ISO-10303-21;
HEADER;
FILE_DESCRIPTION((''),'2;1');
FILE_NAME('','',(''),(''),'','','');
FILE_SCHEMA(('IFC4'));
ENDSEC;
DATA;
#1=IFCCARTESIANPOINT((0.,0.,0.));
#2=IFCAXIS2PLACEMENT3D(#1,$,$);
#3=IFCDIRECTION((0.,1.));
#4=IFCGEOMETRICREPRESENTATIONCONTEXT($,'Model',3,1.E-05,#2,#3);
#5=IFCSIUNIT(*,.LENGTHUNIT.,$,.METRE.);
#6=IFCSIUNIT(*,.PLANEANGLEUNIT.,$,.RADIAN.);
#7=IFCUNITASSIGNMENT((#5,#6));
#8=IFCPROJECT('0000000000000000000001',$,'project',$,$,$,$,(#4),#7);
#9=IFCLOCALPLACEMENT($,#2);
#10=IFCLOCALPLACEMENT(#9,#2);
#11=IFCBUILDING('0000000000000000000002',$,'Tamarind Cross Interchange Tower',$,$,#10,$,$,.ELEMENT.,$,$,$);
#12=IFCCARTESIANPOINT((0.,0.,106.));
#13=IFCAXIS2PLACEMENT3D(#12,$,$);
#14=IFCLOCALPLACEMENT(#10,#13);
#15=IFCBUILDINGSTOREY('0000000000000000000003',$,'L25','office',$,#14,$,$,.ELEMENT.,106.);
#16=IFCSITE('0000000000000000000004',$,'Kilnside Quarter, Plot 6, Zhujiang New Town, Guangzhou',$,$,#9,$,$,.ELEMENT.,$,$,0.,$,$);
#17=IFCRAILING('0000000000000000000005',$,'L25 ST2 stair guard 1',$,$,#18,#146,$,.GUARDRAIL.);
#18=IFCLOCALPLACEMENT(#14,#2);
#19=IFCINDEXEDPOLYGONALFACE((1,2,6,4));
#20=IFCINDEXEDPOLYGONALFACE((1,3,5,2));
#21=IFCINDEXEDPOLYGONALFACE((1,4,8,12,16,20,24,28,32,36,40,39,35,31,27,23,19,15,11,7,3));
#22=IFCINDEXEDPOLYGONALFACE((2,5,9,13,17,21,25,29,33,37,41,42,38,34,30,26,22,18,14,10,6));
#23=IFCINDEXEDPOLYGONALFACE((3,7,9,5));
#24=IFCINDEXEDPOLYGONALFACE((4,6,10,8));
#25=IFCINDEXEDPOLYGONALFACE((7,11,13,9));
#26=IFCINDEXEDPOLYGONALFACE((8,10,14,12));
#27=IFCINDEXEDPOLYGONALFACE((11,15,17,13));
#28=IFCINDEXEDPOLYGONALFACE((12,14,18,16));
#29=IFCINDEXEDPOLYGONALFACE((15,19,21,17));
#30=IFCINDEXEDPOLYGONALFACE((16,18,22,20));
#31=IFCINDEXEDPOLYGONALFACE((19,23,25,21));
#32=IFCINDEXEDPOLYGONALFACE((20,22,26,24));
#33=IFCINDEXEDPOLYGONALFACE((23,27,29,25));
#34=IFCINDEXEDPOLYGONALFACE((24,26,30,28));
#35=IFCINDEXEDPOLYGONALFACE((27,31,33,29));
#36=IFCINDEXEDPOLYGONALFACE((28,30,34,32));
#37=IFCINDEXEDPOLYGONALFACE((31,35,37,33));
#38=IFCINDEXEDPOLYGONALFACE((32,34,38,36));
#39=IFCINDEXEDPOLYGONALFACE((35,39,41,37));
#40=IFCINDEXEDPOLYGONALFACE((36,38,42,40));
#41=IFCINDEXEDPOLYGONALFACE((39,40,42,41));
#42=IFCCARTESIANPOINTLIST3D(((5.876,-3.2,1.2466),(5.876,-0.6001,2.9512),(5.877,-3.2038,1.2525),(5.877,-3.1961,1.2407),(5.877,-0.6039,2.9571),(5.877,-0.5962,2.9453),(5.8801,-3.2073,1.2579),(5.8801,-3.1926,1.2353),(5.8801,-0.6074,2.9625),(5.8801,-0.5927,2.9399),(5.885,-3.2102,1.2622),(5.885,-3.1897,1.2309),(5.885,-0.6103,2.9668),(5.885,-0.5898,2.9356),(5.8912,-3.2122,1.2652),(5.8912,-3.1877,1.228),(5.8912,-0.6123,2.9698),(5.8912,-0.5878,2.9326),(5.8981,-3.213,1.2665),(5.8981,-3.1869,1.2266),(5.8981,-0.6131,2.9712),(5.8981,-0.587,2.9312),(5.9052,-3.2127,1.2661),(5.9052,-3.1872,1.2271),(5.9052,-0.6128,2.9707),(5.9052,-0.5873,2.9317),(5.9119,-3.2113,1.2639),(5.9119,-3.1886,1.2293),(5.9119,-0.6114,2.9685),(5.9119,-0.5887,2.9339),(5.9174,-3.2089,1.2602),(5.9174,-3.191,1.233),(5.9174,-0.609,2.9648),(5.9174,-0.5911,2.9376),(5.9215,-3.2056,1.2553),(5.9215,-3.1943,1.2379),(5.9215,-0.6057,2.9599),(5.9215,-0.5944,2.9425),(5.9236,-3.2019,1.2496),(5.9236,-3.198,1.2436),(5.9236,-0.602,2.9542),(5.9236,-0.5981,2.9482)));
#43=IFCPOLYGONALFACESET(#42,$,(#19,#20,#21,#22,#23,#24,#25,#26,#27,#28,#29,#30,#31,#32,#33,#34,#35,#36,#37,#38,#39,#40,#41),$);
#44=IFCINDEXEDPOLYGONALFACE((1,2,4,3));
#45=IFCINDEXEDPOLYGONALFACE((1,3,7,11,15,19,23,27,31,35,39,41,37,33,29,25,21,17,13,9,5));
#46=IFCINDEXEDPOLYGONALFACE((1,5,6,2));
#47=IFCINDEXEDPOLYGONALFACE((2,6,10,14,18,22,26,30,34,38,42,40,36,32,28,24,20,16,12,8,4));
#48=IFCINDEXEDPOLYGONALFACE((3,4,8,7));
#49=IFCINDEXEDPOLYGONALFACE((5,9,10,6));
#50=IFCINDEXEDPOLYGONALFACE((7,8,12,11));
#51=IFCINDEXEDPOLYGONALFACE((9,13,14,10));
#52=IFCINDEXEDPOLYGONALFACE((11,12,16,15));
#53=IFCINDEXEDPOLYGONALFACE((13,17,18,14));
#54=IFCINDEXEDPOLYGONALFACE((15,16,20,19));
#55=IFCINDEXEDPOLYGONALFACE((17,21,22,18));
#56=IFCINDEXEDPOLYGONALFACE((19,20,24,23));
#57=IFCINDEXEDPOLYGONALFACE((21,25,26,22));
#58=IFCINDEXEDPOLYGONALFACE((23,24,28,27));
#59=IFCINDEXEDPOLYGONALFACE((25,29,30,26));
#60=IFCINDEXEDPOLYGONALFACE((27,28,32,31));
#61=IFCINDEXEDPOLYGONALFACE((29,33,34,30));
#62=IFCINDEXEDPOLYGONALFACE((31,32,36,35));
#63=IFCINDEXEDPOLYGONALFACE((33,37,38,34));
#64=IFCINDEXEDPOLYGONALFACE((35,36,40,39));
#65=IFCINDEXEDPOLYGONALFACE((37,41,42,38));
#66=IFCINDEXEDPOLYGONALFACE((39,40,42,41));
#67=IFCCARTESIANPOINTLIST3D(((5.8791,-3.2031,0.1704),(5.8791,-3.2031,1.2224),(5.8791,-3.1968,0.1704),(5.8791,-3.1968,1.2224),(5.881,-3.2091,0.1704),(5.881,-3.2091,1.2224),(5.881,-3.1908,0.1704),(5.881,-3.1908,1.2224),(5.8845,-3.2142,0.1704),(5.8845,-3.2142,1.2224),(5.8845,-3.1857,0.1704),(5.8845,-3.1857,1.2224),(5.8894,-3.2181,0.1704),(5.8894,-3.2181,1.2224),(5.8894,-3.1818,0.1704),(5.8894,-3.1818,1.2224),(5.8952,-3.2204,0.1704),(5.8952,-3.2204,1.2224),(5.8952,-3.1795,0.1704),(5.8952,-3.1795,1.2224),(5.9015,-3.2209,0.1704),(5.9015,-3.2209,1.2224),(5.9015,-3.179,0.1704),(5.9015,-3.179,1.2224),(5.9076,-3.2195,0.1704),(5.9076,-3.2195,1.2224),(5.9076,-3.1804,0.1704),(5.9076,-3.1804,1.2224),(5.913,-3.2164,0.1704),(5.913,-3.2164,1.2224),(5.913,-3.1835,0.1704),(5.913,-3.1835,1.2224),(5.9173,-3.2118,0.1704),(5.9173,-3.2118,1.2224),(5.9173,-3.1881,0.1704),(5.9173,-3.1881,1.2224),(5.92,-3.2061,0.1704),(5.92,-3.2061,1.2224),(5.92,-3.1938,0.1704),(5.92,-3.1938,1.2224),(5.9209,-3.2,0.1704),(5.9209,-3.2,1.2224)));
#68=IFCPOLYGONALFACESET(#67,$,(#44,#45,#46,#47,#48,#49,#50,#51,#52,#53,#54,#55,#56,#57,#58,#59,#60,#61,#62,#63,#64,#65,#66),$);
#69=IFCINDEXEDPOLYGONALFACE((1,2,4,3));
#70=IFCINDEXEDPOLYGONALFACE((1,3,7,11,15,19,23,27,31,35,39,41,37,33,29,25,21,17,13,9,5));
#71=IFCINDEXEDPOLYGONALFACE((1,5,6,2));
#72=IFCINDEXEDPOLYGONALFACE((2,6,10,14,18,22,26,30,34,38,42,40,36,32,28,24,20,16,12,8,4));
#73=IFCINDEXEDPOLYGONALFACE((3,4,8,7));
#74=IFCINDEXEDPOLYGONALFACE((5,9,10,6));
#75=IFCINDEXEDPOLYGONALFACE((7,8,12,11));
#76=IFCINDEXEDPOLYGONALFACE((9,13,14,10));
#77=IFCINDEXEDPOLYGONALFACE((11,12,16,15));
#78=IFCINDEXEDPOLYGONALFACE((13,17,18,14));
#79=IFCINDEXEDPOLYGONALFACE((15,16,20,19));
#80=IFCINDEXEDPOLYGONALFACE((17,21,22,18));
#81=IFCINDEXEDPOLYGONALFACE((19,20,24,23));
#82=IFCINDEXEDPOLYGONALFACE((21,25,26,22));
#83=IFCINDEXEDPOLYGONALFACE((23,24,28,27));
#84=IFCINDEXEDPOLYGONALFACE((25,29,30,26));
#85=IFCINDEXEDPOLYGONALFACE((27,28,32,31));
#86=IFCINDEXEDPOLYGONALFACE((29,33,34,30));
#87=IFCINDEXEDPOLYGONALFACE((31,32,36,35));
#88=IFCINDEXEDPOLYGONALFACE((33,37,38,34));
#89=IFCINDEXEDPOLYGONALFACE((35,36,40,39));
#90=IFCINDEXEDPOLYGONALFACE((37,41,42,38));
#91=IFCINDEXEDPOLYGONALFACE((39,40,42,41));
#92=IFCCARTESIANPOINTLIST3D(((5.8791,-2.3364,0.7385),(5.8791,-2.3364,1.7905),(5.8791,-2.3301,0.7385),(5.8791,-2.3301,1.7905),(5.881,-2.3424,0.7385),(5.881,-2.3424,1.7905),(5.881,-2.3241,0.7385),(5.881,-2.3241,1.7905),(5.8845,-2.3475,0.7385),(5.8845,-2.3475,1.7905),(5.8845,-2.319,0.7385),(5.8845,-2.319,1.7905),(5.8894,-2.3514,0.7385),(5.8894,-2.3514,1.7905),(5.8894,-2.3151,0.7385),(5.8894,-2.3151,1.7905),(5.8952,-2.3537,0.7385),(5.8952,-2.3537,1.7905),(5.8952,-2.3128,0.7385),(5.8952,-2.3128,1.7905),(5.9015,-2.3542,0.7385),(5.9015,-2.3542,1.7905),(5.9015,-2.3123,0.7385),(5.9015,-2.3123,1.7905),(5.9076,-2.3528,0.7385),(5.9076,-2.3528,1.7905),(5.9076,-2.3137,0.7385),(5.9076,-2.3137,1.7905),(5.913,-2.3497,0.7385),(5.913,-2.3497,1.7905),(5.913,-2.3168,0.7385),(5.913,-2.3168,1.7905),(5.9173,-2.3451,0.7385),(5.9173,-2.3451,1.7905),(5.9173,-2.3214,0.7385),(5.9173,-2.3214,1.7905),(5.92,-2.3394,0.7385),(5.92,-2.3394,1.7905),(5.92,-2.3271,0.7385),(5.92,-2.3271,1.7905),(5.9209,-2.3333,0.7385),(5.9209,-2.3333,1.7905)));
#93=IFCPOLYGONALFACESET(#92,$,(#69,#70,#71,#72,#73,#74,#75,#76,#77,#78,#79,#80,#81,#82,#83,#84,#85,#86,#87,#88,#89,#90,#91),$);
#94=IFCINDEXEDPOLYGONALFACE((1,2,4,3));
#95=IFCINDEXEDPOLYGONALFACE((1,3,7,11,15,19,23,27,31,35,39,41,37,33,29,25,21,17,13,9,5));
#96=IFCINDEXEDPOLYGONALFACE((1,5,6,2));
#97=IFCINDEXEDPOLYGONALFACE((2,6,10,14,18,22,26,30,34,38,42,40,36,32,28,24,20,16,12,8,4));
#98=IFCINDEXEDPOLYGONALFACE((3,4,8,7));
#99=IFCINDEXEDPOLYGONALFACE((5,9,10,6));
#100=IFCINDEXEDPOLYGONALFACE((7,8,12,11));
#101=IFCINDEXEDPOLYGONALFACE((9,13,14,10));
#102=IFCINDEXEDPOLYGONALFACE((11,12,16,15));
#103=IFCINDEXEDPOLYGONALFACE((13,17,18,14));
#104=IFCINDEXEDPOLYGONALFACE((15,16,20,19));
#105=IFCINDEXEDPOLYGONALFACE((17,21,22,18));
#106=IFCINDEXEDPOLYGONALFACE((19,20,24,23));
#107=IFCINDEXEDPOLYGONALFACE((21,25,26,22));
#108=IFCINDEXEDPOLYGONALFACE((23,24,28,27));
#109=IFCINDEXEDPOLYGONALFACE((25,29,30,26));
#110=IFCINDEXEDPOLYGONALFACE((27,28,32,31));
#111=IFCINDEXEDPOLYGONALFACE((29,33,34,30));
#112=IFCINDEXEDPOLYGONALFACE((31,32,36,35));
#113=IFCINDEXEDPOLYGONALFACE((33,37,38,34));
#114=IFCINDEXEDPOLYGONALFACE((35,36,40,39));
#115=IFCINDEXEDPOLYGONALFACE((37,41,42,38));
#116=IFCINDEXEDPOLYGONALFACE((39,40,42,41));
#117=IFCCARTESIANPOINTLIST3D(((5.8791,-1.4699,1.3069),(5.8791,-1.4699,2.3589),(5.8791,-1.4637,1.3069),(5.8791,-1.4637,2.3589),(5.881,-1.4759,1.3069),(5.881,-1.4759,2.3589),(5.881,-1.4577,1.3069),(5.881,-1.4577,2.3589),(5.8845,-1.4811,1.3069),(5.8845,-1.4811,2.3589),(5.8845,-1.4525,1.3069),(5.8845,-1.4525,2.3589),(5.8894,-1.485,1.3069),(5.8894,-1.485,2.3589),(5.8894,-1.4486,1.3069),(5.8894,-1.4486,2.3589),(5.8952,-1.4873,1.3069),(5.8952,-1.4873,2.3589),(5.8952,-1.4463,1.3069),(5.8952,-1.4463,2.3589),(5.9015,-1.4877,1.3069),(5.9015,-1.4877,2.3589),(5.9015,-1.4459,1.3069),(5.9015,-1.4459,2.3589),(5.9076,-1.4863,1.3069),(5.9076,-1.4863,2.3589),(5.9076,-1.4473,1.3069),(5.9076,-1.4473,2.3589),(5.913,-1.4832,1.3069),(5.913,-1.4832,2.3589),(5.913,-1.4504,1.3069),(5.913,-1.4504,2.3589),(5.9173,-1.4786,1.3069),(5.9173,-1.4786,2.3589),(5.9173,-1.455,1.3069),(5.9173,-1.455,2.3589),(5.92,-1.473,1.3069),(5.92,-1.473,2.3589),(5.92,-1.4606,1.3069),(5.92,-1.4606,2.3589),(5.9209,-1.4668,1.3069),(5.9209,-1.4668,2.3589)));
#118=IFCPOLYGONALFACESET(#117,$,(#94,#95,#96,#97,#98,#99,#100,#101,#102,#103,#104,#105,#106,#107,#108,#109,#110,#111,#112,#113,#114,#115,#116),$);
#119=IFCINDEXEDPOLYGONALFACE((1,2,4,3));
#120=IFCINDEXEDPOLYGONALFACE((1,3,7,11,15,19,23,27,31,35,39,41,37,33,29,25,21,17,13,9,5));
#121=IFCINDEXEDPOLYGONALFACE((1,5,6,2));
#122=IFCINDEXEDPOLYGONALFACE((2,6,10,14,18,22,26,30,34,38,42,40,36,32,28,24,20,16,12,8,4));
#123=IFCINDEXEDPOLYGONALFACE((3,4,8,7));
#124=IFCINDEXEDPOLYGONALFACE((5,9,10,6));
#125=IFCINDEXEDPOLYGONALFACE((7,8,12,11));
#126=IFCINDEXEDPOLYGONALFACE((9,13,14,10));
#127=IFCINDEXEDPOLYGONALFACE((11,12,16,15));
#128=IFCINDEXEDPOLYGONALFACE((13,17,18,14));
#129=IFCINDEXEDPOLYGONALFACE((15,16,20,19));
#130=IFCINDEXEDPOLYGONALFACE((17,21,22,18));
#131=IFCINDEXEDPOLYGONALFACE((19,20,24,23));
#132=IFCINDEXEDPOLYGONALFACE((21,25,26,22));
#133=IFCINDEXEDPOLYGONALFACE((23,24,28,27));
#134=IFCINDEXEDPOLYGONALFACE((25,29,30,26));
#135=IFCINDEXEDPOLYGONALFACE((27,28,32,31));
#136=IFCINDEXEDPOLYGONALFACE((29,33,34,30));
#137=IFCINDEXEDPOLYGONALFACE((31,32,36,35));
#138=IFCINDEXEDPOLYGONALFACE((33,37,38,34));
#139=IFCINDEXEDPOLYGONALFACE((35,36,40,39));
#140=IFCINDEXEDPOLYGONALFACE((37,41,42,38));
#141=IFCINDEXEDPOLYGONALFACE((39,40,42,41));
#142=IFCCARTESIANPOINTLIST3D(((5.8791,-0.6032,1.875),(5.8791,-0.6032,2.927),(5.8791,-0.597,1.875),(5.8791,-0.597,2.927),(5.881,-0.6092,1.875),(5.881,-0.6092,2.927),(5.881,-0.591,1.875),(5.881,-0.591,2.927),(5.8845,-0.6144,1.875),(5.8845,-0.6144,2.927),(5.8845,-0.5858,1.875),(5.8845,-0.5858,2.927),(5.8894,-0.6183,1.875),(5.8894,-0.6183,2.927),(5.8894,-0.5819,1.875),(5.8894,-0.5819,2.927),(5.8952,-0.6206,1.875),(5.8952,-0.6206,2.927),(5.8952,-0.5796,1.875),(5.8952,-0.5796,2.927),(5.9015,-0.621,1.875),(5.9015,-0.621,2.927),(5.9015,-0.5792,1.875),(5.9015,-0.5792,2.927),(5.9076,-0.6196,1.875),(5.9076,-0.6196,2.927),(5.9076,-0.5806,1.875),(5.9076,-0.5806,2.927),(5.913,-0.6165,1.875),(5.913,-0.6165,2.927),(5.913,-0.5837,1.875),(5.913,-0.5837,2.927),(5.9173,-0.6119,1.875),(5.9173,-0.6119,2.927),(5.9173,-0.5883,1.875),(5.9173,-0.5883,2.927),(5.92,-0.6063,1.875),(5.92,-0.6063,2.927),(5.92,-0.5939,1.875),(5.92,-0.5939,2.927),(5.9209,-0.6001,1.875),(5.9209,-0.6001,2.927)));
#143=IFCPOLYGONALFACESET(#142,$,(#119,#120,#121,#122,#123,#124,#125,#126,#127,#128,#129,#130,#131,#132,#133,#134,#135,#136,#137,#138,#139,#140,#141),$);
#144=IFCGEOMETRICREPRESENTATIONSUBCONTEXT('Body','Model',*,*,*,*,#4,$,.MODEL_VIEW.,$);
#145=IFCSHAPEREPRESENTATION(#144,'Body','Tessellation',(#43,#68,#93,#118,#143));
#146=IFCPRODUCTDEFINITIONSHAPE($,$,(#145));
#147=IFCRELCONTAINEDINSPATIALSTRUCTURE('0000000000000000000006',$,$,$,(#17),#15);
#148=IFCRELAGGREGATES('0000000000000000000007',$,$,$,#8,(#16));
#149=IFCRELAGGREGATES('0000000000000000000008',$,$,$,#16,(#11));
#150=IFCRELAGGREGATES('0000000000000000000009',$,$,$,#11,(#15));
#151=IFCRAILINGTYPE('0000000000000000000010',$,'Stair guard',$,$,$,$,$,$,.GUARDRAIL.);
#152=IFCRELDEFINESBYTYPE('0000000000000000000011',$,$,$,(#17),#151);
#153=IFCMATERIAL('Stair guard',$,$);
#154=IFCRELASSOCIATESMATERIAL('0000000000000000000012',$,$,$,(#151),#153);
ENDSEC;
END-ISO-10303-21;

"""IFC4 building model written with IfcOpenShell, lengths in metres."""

from ifc_helpers import new_model, si_unit, direction, frame, origin, origin_2d, place, context, subcontext, project, spatial, circle, extrude, material, type_object, element, save


model = new_model("IFC4")

# Units and contexts
model_context = context("Model", 3, precision=1e-05, world=origin(), true_north=direction((0.0, 1.0)))
body_context = subcontext(model_context, "Body", "Model", "MODEL_VIEW")
ifc_project = project(units=[si_unit("LENGTHUNIT", "METRE"), si_unit("PLANEANGLEUNIT", "RADIAN")], contexts=[model_context])

# Site, building, storey
site_placement = place(None, origin())
site = spatial("IfcSite", under=ifc_project, at=site_placement, Name="Kilnside Quarter, Plot 6, Zhujiang New Town, Guangzhou", CompositionType="ELEMENT", RefElevation=0.0)
building_placement = place(site_placement, origin())
building = spatial("IfcBuilding", under=site, at=building_placement, Name="Tamarind Cross Interchange Tower", CompositionType="ELEMENT")
storey_placement = place(building_placement, frame((0.0, 0.0, 106.0)))
storey = spatial("IfcBuildingStorey", under=building, at=storey_placement, Name="L25", Description="office", CompositionType="ELEMENT", Elevation=106.0)

# Railing
ifc_material_1 = material(Name="Stair guard")
railing_type_1 = type_object("IfcRailingType", Name="Stair guard", PredefinedType="GUARDRAIL", material=ifc_material_1)
railing_1_placement = place(storey_placement, frame((5.8999, -3.2, 0.1704)))
element("IfcRailing", 1, at=railing_1_placement, inside=storey, type_object=railing_type_1, Name="L25 ST2 stair guard 1", PredefinedType="GUARDRAIL", context=body_context, shape_type="SweptSolid", body=[
    extrude(circle(Radius=0.0239, at=origin_2d()), frame((0.0, 0.0, 1.0762), z_axis=(0.0, 0.836279, 0.548305), x_axis=(-1.0, 0.0, 0.0)), (0.0, 0.0, 1.0), 3.1089),
    extrude(circle(Radius=0.021, at=origin_2d()), origin(), (0.0, 0.0, 1.0), 1.052),
    extrude(circle(Radius=0.021, at=origin_2d()), frame((0.0, 0.8667, 0.5681)), (0.0, 0.0, 1.0), 1.052),
    extrude(circle(Radius=0.021, at=origin_2d()), frame((0.0, 1.7332, 1.1365)), (0.0, 0.0, 1.0), 1.052),
    extrude(circle(Radius=0.021, at=origin_2d()), frame((0.0, 2.5999, 1.7046)), (0.0, 0.0, 1.0), 1.052),
])

save(model, "model.ifc")
